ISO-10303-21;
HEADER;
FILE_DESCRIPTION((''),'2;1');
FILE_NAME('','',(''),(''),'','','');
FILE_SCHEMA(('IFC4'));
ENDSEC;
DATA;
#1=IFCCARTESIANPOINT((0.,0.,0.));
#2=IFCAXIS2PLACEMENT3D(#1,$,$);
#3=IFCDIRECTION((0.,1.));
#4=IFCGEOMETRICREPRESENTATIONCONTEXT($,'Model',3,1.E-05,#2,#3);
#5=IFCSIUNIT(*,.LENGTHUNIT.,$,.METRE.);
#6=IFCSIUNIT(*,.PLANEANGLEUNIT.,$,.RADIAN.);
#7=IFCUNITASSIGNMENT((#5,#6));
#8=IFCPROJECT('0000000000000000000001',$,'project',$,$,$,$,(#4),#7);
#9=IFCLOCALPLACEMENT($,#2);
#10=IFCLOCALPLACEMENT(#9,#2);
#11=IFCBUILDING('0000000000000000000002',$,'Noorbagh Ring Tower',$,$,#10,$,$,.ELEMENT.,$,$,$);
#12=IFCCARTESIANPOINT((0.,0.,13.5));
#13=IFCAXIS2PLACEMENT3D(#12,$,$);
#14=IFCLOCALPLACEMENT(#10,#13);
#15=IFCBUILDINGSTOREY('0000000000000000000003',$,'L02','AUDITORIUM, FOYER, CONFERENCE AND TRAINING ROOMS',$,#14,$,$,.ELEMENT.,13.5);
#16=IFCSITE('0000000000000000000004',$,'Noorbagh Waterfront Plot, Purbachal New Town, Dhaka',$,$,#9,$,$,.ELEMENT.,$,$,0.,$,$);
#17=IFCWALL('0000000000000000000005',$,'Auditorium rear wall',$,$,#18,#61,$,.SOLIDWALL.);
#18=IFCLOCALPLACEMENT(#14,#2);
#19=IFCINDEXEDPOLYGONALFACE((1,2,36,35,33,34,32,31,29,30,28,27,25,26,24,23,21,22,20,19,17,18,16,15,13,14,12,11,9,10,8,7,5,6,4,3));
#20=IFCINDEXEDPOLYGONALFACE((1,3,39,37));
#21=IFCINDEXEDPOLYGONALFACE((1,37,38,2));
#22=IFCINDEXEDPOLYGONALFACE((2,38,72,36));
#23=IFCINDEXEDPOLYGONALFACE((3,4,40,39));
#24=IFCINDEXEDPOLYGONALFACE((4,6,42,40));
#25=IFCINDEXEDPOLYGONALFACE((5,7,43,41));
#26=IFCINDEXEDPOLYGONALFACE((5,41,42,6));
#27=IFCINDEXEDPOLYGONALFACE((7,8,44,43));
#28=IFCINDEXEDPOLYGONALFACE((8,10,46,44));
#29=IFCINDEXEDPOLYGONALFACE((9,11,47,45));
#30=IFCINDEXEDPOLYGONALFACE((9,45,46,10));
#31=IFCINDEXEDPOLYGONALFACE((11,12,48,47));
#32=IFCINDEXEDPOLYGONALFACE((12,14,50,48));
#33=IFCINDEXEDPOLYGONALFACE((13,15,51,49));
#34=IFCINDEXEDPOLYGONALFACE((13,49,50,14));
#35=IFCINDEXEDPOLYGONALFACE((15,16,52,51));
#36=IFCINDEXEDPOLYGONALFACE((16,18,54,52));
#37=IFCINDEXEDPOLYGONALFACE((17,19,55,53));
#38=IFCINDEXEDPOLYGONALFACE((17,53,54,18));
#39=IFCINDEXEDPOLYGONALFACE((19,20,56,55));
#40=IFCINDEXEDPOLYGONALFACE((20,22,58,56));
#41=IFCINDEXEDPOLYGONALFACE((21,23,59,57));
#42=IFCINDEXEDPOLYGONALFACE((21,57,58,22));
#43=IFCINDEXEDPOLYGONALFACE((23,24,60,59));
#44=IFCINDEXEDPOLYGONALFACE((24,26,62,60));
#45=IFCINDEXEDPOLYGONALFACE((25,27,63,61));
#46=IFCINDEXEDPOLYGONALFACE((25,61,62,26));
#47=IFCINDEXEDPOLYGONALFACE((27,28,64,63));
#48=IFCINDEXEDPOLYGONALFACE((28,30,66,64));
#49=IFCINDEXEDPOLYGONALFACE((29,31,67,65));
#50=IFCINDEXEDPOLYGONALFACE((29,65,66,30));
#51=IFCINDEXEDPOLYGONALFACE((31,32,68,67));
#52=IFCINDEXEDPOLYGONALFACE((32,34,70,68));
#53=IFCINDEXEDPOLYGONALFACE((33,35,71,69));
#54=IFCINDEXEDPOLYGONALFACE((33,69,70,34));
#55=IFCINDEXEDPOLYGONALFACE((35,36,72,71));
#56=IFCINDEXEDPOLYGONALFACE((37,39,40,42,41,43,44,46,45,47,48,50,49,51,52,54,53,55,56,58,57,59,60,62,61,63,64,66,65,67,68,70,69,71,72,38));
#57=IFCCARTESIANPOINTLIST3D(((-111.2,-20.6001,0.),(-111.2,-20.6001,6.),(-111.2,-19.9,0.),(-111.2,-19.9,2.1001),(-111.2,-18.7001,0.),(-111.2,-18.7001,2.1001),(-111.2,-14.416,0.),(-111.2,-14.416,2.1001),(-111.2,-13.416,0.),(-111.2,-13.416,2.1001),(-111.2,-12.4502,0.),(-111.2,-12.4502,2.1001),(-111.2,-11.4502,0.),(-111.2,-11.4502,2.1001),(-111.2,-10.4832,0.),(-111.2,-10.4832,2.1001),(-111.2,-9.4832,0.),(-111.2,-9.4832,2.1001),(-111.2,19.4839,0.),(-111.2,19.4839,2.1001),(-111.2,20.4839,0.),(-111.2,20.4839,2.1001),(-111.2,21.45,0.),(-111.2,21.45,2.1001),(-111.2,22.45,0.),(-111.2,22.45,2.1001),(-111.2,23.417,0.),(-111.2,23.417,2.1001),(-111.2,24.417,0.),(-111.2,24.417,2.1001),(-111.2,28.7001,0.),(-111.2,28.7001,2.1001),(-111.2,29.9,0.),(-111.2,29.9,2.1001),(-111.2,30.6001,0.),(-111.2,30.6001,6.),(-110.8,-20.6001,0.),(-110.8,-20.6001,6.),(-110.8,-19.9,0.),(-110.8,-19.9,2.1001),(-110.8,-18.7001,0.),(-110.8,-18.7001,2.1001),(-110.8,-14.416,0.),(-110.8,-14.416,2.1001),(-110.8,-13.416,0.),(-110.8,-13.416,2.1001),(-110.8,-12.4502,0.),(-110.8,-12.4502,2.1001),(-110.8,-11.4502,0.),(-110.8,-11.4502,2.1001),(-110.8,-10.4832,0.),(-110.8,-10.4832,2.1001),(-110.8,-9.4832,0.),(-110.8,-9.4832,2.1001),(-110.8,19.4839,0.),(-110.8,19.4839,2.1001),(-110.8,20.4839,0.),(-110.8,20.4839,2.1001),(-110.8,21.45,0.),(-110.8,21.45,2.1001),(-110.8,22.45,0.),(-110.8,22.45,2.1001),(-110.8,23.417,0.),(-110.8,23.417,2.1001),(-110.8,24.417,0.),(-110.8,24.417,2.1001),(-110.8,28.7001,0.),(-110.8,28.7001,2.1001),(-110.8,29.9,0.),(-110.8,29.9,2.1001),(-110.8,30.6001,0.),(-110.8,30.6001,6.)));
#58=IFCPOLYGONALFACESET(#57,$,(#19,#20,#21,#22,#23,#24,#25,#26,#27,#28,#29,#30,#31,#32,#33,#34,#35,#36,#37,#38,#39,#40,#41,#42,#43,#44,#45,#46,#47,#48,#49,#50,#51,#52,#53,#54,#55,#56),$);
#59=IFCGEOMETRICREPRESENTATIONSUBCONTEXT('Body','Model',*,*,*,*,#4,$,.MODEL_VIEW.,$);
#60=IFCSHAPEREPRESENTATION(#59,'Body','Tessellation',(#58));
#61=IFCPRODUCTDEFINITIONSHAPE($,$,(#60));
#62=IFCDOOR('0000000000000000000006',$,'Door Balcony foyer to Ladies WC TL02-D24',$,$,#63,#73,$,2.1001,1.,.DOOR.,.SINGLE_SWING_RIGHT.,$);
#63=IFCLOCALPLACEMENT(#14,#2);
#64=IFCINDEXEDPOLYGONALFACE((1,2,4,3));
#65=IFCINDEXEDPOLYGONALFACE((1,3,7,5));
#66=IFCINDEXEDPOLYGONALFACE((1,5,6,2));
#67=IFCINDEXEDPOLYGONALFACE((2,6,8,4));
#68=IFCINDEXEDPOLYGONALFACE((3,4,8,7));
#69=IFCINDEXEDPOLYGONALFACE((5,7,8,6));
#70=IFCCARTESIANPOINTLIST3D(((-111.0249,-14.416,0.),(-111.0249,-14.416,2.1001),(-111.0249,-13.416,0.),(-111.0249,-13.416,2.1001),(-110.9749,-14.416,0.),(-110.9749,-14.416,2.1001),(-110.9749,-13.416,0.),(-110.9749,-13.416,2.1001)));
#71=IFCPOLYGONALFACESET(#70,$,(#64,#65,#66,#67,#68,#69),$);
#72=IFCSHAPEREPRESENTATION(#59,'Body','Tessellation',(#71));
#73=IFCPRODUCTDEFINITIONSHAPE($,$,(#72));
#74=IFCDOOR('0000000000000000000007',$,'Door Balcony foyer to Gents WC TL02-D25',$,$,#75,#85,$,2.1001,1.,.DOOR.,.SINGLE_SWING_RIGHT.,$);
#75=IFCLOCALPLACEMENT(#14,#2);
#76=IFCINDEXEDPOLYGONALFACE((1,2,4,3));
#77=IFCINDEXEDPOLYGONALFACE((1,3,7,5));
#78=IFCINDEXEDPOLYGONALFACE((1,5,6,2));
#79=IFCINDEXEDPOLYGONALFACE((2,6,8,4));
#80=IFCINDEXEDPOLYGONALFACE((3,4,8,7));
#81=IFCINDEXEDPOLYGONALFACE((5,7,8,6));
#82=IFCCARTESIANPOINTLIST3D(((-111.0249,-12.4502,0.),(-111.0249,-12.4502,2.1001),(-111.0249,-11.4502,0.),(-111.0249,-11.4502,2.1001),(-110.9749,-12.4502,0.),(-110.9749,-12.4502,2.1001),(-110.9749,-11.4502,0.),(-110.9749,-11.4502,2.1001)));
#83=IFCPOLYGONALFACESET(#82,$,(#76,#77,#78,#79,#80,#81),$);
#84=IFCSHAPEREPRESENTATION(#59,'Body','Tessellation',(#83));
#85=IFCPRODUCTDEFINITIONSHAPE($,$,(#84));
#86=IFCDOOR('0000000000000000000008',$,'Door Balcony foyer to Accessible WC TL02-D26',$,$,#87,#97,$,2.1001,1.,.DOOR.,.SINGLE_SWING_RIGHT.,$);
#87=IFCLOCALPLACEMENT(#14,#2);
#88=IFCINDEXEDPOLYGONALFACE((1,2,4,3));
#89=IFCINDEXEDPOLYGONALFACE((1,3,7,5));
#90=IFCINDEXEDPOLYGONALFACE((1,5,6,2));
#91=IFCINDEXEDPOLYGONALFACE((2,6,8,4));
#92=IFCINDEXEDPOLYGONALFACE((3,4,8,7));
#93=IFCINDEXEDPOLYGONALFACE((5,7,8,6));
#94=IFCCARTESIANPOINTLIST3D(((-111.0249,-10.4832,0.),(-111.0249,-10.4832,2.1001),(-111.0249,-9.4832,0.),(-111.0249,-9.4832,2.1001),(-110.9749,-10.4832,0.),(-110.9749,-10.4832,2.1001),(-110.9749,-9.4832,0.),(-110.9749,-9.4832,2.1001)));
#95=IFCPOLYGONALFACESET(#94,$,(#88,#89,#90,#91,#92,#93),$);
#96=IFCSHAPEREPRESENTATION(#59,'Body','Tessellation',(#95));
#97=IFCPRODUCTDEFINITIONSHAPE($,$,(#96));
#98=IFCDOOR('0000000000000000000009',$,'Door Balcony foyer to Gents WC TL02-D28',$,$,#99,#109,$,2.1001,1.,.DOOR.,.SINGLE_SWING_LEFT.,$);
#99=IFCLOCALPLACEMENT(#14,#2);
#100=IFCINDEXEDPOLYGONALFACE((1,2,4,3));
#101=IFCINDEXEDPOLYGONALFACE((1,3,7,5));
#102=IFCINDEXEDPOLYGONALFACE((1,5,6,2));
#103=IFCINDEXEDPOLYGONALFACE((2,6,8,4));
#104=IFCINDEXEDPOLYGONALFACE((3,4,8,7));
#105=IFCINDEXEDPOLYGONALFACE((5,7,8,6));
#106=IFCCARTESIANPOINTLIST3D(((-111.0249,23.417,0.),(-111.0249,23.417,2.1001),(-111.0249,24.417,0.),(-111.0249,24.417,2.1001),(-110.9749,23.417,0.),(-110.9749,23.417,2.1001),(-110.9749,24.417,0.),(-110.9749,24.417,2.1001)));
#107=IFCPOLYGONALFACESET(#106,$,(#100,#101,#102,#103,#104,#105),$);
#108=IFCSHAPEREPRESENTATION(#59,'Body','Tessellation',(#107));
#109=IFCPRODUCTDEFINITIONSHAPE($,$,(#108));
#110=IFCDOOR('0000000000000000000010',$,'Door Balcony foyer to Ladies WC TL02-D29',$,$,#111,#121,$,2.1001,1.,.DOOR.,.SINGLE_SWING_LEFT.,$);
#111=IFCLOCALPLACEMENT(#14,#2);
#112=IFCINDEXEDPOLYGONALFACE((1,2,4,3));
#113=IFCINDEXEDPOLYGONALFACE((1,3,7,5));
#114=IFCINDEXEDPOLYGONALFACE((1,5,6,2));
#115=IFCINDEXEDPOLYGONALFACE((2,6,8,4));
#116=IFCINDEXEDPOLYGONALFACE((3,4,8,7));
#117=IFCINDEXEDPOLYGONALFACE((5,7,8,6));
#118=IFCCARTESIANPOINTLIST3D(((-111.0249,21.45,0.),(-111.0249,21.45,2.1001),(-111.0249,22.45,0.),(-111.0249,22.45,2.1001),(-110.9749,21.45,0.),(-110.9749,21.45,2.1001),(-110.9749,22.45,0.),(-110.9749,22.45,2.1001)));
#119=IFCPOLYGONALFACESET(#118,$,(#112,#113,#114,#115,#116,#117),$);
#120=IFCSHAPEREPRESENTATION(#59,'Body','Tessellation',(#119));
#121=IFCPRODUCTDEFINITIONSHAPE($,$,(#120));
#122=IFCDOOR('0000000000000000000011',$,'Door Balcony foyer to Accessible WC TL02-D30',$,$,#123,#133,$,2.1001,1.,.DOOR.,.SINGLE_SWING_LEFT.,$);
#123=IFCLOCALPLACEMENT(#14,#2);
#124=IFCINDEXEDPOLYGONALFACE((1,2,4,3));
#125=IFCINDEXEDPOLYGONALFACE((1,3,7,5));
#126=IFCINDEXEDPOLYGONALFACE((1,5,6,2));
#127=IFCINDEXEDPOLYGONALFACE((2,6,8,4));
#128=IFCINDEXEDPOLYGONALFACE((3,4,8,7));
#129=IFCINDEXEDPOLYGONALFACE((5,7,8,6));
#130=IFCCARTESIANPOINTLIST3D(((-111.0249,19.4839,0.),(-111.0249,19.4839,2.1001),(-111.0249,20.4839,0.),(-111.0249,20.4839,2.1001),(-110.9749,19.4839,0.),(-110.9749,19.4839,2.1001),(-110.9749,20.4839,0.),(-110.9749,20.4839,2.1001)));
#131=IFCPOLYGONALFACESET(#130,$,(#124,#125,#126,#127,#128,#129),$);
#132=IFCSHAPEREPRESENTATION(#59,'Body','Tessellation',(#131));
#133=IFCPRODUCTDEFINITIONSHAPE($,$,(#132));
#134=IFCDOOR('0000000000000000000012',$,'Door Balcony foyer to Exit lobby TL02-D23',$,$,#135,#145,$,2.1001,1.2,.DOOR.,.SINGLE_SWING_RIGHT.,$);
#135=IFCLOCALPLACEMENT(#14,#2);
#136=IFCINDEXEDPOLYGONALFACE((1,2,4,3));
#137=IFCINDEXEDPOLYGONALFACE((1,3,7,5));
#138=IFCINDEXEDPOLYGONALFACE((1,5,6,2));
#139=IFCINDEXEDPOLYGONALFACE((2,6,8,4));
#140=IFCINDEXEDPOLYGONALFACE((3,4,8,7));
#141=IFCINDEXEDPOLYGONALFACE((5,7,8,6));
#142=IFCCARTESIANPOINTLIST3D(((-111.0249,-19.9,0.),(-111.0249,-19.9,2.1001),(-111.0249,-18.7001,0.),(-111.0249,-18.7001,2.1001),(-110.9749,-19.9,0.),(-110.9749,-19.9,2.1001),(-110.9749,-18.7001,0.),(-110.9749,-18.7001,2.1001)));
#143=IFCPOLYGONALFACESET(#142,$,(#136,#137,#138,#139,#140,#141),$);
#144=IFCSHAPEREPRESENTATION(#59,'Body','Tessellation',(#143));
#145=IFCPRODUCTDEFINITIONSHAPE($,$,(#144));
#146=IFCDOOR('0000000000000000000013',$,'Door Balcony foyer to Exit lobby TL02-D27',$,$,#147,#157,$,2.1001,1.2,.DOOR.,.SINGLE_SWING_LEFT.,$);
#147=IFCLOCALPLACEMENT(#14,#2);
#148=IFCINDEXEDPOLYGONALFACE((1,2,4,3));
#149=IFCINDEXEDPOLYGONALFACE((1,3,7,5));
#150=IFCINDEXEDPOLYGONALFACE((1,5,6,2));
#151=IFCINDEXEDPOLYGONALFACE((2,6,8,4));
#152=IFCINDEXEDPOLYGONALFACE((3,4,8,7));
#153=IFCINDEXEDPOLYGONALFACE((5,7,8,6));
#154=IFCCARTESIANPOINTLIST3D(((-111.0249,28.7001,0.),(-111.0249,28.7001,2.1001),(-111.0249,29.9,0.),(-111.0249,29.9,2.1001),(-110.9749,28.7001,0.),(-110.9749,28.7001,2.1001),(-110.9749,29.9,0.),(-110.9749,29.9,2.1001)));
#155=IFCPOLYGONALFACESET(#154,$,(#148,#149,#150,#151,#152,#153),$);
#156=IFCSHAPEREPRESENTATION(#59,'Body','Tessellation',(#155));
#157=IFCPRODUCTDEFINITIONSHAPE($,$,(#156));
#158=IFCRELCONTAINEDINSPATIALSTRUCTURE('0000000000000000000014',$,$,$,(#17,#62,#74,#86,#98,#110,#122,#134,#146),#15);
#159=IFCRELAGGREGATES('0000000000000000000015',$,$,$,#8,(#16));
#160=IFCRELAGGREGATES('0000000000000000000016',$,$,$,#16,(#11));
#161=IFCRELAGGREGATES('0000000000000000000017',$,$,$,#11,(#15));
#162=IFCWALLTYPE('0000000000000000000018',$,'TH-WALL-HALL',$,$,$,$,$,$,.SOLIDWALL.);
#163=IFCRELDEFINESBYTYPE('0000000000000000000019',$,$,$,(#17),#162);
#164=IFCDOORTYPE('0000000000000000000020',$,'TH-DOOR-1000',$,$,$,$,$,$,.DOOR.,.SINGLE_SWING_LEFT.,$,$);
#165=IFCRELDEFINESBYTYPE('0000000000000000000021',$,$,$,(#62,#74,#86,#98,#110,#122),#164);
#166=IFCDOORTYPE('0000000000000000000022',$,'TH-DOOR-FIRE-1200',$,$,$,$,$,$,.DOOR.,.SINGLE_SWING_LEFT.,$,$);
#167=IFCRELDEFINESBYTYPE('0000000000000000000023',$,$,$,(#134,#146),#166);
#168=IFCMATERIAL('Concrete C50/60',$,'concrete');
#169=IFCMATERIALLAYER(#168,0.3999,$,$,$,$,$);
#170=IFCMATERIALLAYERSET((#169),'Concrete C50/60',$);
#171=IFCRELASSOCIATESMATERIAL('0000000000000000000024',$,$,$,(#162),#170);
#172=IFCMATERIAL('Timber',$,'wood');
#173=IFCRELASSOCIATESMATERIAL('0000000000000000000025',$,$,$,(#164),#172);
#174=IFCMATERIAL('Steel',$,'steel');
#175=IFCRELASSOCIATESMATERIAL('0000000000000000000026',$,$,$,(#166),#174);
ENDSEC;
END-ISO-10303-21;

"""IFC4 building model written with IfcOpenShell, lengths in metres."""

from ifc_helpers import new_model, si_unit, direction, frame, frame_2d, origin, place, context, subcontext, project, spatial, rectangle, extrude, material, layer, layer_set, type_object, element, fill, save


model = new_model("IFC4")

# Units and contexts
model_context = context("Model", 3, precision=1e-05, world=origin(), true_north=direction((0.0, 1.0)))
body_context = subcontext(model_context, "Body", "Model", "MODEL_VIEW")
ifc_project = project(units=[si_unit("LENGTHUNIT", "METRE"), si_unit("PLANEANGLEUNIT", "RADIAN")], contexts=[model_context])

# Site, building, storey
site_placement = place(None, origin())
site = spatial("IfcSite", under=ifc_project, at=site_placement, Name="Noorbagh Waterfront Plot, Purbachal New Town, Dhaka", CompositionType="ELEMENT", RefElevation=0.0)
building_placement = place(site_placement, origin())
building = spatial("IfcBuilding", under=site, at=building_placement, Name="Noorbagh Ring Tower", CompositionType="ELEMENT")
storey_placement = place(building_placement, frame((0.0, 0.0, 13.5)))
storey = spatial("IfcBuildingStorey", under=building, at=storey_placement, Name="L02", Description="AUDITORIUM, FOYER, CONFERENCE AND TRAINING ROOMS", CompositionType="ELEMENT", Elevation=13.5)

# Wall, openings, doors
ifc_material_1 = material(Name="Concrete C50/60", Category="concrete")
ifc_layer_1 = layer(ifc_material_1, 0.3999)
ifc_layer_set_1 = layer_set([ifc_layer_1], Name="Concrete C50/60")
wall_type_1 = type_object("IfcWallType", Name="TH-WALL-HALL", PredefinedType="SOLIDWALL", material=ifc_layer_set_1)
wall_1_placement = place(storey_placement, frame((-111.0, -20.6001, 0.0), z_axis=(0.0, 0.0, 1.0), x_axis=(0.0, 1.0, 0.0)))
wall_1 = element("IfcWall", 1, at=wall_1_placement, inside=storey, type_object=wall_type_1, Name="Auditorium rear wall", PredefinedType="SOLIDWALL", context=body_context, shape_type="SweptSolid", body=[
    extrude(rectangle(XDim=51.2002, YDim=0.3999, at=frame_2d((25.6001, 0.0))), origin(), (0.0, 0.0, 1.0), 6.0),
])
opening_1_placement = place(wall_1_placement, frame((0.7, 0.0, 0.0)))
opening_1 = element("IfcOpeningElement", 2, at=opening_1_placement, cuts=wall_1, PredefinedType="OPENING", context=body_context, shape_type="SweptSolid", body=[
    extrude(rectangle(XDim=1.2, YDim=2.1001, at=frame_2d((0.6001, 1.05))), frame((0.0, 0.21, 0.0), z_axis=(0.0, -1.0, 0.0), x_axis=(1.0, 0.0, 0.0)), (0.0, 0.0, 1.0), 0.4199),
])
opening_2_placement = place(wall_1_placement, frame((6.1841, 0.0, 0.0)))
opening_2 = element("IfcOpeningElement", 3, at=opening_2_placement, cuts=wall_1, PredefinedType="OPENING", context=body_context, shape_type="SweptSolid", body=[
    extrude(rectangle(XDim=1.0, YDim=2.1001, at=frame_2d((0.5, 1.05))), frame((0.0, 0.21, 0.0), z_axis=(0.0, -1.0, 0.0), x_axis=(1.0, 0.0, 0.0)), (0.0, 0.0, 1.0), 0.4199),
])
opening_3_placement = place(wall_1_placement, frame((8.1499, 0.0, 0.0)))
opening_3 = element("IfcOpeningElement", 4, at=opening_3_placement, cuts=wall_1, PredefinedType="OPENING", context=body_context, shape_type="SweptSolid", body=[
    extrude(rectangle(XDim=1.0, YDim=2.1001, at=frame_2d((0.5, 1.05))), frame((0.0, 0.21, 0.0), z_axis=(0.0, -1.0, 0.0), x_axis=(1.0, 0.0, 0.0)), (0.0, 0.0, 1.0), 0.4199),
])
opening_4_placement = place(wall_1_placement, frame((10.1169, 0.0, 0.0)))
opening_4 = element("IfcOpeningElement", 5, at=opening_4_placement, cuts=wall_1, PredefinedType="OPENING", context=body_context, shape_type="SweptSolid", body=[
    extrude(rectangle(XDim=1.0, YDim=2.1001, at=frame_2d((0.5, 1.05))), frame((0.0, 0.21, 0.0), z_axis=(0.0, -1.0, 0.0), x_axis=(1.0, 0.0, 0.0)), (0.0, 0.0, 1.0), 0.4199),
])
opening_5_placement = place(wall_1_placement, frame((49.3, 0.0, 0.0)))
opening_5 = element("IfcOpeningElement", 6, at=opening_5_placement, cuts=wall_1, PredefinedType="OPENING", context=body_context, shape_type="SweptSolid", body=[
    extrude(rectangle(XDim=1.2, YDim=2.1001, at=frame_2d((0.6001, 1.05))), frame((0.0, 0.21, 0.0), z_axis=(0.0, -1.0, 0.0), x_axis=(1.0, 0.0, 0.0)), (0.0, 0.0, 1.0), 0.4199),
])
opening_6_placement = place(wall_1_placement, frame((44.0171, 0.0, 0.0)))
opening_6 = element("IfcOpeningElement", 7, at=opening_6_placement, cuts=wall_1, PredefinedType="OPENING", context=body_context, shape_type="SweptSolid", body=[
    extrude(rectangle(XDim=1.0, YDim=2.1001, at=frame_2d((0.5, 1.05))), frame((0.0, 0.21, 0.0), z_axis=(0.0, -1.0, 0.0), x_axis=(1.0, 0.0, 0.0)), (0.0, 0.0, 1.0), 0.4199),
])
opening_7_placement = place(wall_1_placement, frame((42.05, 0.0, 0.0)))
opening_7 = element("IfcOpeningElement", 8, at=opening_7_placement, cuts=wall_1, PredefinedType="OPENING", context=body_context, shape_type="SweptSolid", body=[
    extrude(rectangle(XDim=1.0, YDim=2.1001, at=frame_2d((0.5, 1.05))), frame((0.0, 0.21, 0.0), z_axis=(0.0, -1.0, 0.0), x_axis=(1.0, 0.0, 0.0)), (0.0, 0.0, 1.0), 0.4199),
])
opening_8_placement = place(wall_1_placement, frame((40.084, 0.0, 0.0)))
opening_8 = element("IfcOpeningElement", 9, at=opening_8_placement, cuts=wall_1, PredefinedType="OPENING", context=body_context, shape_type="SweptSolid", body=[
    extrude(rectangle(XDim=1.0, YDim=2.1001, at=frame_2d((0.5, 1.05))), frame((0.0, 0.21, 0.0), z_axis=(0.0, -1.0, 0.0), x_axis=(1.0, 0.0, 0.0)), (0.0, 0.0, 1.0), 0.4199),
])
ifc_material_2 = material(Name="Timber", Category="wood")
door_type_1 = type_object("IfcDoorType", Name="TH-DOOR-1000", OperationType="SINGLE_SWING_LEFT", PredefinedType="DOOR", material=ifc_material_2)
door_1_placement = place(opening_2_placement, origin())
door_1 = element("IfcDoor", 10, at=door_1_placement, inside=storey, type_object=door_type_1, Name="Door Balcony foyer to Ladies WC TL02-D24", OperationType="SINGLE_SWING_RIGHT", OverallHeight=2.1001, OverallWidth=1.0, PredefinedType="DOOR", context=body_context, shape_type="SweptSolid", body=[
    extrude(rectangle(XDim=1.0, YDim=2.1001, at=frame_2d((0.5, 1.05))), frame((0.0, 0.0249, 0.0), z_axis=(0.0, -1.0, 0.0), x_axis=(1.0, 0.0, 0.0)), (0.0, 0.0, 1.0), 0.05),
])
fill(opening_2, door_1)
door_2_placement = place(opening_3_placement, origin())
door_2 = element("IfcDoor", 11, at=door_2_placement, inside=storey, type_object=door_type_1, Name="Door Balcony foyer to Gents WC TL02-D25", OperationType="SINGLE_SWING_RIGHT", OverallHeight=2.1001, OverallWidth=1.0, PredefinedType="DOOR", context=body_context, shape_type="SweptSolid", body=[
    extrude(rectangle(XDim=1.0, YDim=2.1001, at=frame_2d((0.5, 1.05))), frame((0.0, 0.0249, 0.0), z_axis=(0.0, -1.0, 0.0), x_axis=(1.0, 0.0, 0.0)), (0.0, 0.0, 1.0), 0.05),
])
fill(opening_3, door_2)
door_3_placement = place(opening_4_placement, origin())
door_3 = element("IfcDoor", 12, at=door_3_placement, inside=storey, type_object=door_type_1, Name="Door Balcony foyer to Accessible WC TL02-D26", OperationType="SINGLE_SWING_RIGHT", OverallHeight=2.1001, OverallWidth=1.0, PredefinedType="DOOR", context=body_context, shape_type="SweptSolid", body=[
    extrude(rectangle(XDim=1.0, YDim=2.1001, at=frame_2d((0.5, 1.05))), frame((0.0, 0.0249, 0.0), z_axis=(0.0, -1.0, 0.0), x_axis=(1.0, 0.0, 0.0)), (0.0, 0.0, 1.0), 0.05),
])
fill(opening_4, door_3)
door_4_placement = place(opening_6_placement, origin())
door_4 = element("IfcDoor", 13, at=door_4_placement, inside=storey, type_object=door_type_1, Name="Door Balcony foyer to Gents WC TL02-D28", OperationType="SINGLE_SWING_LEFT", OverallHeight=2.1001, OverallWidth=1.0, PredefinedType="DOOR", context=body_context, shape_type="SweptSolid", body=[
    extrude(rectangle(XDim=1.0, YDim=2.1001, at=frame_2d((0.5, 1.05))), frame((0.0, 0.0249, 0.0), z_axis=(0.0, -1.0, 0.0), x_axis=(1.0, 0.0, 0.0)), (0.0, 0.0, 1.0), 0.05),
])
fill(opening_6, door_4)
door_5_placement = place(opening_7_placement, origin())
door_5 = element("IfcDoor", 14, at=door_5_placement, inside=storey, type_object=door_type_1, Name="Door Balcony foyer to Ladies WC TL02-D29", OperationType="SINGLE_SWING_LEFT", OverallHeight=2.1001, OverallWidth=1.0, PredefinedType="DOOR", context=body_context, shape_type="SweptSolid", body=[
    extrude(rectangle(XDim=1.0, YDim=2.1001, at=frame_2d((0.5, 1.05))), frame((0.0, 0.0249, 0.0), z_axis=(0.0, -1.0, 0.0), x_axis=(1.0, 0.0, 0.0)), (0.0, 0.0, 1.0), 0.05),
])
fill(opening_7, door_5)
door_6_placement = place(opening_8_placement, origin())
door_6 = element("IfcDoor", 15, at=door_6_placement, inside=storey, type_object=door_type_1, Name="Door Balcony foyer to Accessible WC TL02-D30", OperationType="SINGLE_SWING_LEFT", OverallHeight=2.1001, OverallWidth=1.0, PredefinedType="DOOR", context=body_context, shape_type="SweptSolid", body=[
    extrude(rectangle(XDim=1.0, YDim=2.1001, at=frame_2d((0.5, 1.05))), frame((0.0, 0.0249, 0.0), z_axis=(0.0, -1.0, 0.0), x_axis=(1.0, 0.0, 0.0)), (0.0, 0.0, 1.0), 0.05),
])
fill(opening_8, door_6)
ifc_material_3 = material(Name="Steel", Category="steel")
door_type_2 = type_object("IfcDoorType", Name="TH-DOOR-FIRE-1200", OperationType="SINGLE_SWING_LEFT", PredefinedType="DOOR", material=ifc_material_3)
door_7_placement = place(opening_1_placement, origin())
door_7 = element("IfcDoor", 16, at=door_7_placement, inside=storey, type_object=door_type_2, Name="Door Balcony foyer to Exit lobby TL02-D23", OperationType="SINGLE_SWING_RIGHT", OverallHeight=2.1001, OverallWidth=1.2, PredefinedType="DOOR", context=body_context, shape_type="SweptSolid", body=[
    extrude(rectangle(XDim=1.2, YDim=2.1001, at=frame_2d((0.6001, 1.05))), frame((0.0, 0.0249, 0.0), z_axis=(0.0, -1.0, 0.0), x_axis=(1.0, 0.0, 0.0)), (0.0, 0.0, 1.0), 0.05),
])
fill(opening_1, door_7)
door_8_placement = place(opening_5_placement, origin())
door_8 = element("IfcDoor", 17, at=door_8_placement, inside=storey, type_object=door_type_2, Name="Door Balcony foyer to Exit lobby TL02-D27", OperationType="SINGLE_SWING_LEFT", OverallHeight=2.1001, OverallWidth=1.2, PredefinedType="DOOR", context=body_context, shape_type="SweptSolid", body=[
    extrude(rectangle(XDim=1.2, YDim=2.1001, at=frame_2d((0.6001, 1.05))), frame((0.0, 0.0249, 0.0), z_axis=(0.0, -1.0, 0.0), x_axis=(1.0, 0.0, 0.0)), (0.0, 0.0, 1.0), 0.05),
])
fill(opening_5, door_8)

save(model, "model.ifc")
